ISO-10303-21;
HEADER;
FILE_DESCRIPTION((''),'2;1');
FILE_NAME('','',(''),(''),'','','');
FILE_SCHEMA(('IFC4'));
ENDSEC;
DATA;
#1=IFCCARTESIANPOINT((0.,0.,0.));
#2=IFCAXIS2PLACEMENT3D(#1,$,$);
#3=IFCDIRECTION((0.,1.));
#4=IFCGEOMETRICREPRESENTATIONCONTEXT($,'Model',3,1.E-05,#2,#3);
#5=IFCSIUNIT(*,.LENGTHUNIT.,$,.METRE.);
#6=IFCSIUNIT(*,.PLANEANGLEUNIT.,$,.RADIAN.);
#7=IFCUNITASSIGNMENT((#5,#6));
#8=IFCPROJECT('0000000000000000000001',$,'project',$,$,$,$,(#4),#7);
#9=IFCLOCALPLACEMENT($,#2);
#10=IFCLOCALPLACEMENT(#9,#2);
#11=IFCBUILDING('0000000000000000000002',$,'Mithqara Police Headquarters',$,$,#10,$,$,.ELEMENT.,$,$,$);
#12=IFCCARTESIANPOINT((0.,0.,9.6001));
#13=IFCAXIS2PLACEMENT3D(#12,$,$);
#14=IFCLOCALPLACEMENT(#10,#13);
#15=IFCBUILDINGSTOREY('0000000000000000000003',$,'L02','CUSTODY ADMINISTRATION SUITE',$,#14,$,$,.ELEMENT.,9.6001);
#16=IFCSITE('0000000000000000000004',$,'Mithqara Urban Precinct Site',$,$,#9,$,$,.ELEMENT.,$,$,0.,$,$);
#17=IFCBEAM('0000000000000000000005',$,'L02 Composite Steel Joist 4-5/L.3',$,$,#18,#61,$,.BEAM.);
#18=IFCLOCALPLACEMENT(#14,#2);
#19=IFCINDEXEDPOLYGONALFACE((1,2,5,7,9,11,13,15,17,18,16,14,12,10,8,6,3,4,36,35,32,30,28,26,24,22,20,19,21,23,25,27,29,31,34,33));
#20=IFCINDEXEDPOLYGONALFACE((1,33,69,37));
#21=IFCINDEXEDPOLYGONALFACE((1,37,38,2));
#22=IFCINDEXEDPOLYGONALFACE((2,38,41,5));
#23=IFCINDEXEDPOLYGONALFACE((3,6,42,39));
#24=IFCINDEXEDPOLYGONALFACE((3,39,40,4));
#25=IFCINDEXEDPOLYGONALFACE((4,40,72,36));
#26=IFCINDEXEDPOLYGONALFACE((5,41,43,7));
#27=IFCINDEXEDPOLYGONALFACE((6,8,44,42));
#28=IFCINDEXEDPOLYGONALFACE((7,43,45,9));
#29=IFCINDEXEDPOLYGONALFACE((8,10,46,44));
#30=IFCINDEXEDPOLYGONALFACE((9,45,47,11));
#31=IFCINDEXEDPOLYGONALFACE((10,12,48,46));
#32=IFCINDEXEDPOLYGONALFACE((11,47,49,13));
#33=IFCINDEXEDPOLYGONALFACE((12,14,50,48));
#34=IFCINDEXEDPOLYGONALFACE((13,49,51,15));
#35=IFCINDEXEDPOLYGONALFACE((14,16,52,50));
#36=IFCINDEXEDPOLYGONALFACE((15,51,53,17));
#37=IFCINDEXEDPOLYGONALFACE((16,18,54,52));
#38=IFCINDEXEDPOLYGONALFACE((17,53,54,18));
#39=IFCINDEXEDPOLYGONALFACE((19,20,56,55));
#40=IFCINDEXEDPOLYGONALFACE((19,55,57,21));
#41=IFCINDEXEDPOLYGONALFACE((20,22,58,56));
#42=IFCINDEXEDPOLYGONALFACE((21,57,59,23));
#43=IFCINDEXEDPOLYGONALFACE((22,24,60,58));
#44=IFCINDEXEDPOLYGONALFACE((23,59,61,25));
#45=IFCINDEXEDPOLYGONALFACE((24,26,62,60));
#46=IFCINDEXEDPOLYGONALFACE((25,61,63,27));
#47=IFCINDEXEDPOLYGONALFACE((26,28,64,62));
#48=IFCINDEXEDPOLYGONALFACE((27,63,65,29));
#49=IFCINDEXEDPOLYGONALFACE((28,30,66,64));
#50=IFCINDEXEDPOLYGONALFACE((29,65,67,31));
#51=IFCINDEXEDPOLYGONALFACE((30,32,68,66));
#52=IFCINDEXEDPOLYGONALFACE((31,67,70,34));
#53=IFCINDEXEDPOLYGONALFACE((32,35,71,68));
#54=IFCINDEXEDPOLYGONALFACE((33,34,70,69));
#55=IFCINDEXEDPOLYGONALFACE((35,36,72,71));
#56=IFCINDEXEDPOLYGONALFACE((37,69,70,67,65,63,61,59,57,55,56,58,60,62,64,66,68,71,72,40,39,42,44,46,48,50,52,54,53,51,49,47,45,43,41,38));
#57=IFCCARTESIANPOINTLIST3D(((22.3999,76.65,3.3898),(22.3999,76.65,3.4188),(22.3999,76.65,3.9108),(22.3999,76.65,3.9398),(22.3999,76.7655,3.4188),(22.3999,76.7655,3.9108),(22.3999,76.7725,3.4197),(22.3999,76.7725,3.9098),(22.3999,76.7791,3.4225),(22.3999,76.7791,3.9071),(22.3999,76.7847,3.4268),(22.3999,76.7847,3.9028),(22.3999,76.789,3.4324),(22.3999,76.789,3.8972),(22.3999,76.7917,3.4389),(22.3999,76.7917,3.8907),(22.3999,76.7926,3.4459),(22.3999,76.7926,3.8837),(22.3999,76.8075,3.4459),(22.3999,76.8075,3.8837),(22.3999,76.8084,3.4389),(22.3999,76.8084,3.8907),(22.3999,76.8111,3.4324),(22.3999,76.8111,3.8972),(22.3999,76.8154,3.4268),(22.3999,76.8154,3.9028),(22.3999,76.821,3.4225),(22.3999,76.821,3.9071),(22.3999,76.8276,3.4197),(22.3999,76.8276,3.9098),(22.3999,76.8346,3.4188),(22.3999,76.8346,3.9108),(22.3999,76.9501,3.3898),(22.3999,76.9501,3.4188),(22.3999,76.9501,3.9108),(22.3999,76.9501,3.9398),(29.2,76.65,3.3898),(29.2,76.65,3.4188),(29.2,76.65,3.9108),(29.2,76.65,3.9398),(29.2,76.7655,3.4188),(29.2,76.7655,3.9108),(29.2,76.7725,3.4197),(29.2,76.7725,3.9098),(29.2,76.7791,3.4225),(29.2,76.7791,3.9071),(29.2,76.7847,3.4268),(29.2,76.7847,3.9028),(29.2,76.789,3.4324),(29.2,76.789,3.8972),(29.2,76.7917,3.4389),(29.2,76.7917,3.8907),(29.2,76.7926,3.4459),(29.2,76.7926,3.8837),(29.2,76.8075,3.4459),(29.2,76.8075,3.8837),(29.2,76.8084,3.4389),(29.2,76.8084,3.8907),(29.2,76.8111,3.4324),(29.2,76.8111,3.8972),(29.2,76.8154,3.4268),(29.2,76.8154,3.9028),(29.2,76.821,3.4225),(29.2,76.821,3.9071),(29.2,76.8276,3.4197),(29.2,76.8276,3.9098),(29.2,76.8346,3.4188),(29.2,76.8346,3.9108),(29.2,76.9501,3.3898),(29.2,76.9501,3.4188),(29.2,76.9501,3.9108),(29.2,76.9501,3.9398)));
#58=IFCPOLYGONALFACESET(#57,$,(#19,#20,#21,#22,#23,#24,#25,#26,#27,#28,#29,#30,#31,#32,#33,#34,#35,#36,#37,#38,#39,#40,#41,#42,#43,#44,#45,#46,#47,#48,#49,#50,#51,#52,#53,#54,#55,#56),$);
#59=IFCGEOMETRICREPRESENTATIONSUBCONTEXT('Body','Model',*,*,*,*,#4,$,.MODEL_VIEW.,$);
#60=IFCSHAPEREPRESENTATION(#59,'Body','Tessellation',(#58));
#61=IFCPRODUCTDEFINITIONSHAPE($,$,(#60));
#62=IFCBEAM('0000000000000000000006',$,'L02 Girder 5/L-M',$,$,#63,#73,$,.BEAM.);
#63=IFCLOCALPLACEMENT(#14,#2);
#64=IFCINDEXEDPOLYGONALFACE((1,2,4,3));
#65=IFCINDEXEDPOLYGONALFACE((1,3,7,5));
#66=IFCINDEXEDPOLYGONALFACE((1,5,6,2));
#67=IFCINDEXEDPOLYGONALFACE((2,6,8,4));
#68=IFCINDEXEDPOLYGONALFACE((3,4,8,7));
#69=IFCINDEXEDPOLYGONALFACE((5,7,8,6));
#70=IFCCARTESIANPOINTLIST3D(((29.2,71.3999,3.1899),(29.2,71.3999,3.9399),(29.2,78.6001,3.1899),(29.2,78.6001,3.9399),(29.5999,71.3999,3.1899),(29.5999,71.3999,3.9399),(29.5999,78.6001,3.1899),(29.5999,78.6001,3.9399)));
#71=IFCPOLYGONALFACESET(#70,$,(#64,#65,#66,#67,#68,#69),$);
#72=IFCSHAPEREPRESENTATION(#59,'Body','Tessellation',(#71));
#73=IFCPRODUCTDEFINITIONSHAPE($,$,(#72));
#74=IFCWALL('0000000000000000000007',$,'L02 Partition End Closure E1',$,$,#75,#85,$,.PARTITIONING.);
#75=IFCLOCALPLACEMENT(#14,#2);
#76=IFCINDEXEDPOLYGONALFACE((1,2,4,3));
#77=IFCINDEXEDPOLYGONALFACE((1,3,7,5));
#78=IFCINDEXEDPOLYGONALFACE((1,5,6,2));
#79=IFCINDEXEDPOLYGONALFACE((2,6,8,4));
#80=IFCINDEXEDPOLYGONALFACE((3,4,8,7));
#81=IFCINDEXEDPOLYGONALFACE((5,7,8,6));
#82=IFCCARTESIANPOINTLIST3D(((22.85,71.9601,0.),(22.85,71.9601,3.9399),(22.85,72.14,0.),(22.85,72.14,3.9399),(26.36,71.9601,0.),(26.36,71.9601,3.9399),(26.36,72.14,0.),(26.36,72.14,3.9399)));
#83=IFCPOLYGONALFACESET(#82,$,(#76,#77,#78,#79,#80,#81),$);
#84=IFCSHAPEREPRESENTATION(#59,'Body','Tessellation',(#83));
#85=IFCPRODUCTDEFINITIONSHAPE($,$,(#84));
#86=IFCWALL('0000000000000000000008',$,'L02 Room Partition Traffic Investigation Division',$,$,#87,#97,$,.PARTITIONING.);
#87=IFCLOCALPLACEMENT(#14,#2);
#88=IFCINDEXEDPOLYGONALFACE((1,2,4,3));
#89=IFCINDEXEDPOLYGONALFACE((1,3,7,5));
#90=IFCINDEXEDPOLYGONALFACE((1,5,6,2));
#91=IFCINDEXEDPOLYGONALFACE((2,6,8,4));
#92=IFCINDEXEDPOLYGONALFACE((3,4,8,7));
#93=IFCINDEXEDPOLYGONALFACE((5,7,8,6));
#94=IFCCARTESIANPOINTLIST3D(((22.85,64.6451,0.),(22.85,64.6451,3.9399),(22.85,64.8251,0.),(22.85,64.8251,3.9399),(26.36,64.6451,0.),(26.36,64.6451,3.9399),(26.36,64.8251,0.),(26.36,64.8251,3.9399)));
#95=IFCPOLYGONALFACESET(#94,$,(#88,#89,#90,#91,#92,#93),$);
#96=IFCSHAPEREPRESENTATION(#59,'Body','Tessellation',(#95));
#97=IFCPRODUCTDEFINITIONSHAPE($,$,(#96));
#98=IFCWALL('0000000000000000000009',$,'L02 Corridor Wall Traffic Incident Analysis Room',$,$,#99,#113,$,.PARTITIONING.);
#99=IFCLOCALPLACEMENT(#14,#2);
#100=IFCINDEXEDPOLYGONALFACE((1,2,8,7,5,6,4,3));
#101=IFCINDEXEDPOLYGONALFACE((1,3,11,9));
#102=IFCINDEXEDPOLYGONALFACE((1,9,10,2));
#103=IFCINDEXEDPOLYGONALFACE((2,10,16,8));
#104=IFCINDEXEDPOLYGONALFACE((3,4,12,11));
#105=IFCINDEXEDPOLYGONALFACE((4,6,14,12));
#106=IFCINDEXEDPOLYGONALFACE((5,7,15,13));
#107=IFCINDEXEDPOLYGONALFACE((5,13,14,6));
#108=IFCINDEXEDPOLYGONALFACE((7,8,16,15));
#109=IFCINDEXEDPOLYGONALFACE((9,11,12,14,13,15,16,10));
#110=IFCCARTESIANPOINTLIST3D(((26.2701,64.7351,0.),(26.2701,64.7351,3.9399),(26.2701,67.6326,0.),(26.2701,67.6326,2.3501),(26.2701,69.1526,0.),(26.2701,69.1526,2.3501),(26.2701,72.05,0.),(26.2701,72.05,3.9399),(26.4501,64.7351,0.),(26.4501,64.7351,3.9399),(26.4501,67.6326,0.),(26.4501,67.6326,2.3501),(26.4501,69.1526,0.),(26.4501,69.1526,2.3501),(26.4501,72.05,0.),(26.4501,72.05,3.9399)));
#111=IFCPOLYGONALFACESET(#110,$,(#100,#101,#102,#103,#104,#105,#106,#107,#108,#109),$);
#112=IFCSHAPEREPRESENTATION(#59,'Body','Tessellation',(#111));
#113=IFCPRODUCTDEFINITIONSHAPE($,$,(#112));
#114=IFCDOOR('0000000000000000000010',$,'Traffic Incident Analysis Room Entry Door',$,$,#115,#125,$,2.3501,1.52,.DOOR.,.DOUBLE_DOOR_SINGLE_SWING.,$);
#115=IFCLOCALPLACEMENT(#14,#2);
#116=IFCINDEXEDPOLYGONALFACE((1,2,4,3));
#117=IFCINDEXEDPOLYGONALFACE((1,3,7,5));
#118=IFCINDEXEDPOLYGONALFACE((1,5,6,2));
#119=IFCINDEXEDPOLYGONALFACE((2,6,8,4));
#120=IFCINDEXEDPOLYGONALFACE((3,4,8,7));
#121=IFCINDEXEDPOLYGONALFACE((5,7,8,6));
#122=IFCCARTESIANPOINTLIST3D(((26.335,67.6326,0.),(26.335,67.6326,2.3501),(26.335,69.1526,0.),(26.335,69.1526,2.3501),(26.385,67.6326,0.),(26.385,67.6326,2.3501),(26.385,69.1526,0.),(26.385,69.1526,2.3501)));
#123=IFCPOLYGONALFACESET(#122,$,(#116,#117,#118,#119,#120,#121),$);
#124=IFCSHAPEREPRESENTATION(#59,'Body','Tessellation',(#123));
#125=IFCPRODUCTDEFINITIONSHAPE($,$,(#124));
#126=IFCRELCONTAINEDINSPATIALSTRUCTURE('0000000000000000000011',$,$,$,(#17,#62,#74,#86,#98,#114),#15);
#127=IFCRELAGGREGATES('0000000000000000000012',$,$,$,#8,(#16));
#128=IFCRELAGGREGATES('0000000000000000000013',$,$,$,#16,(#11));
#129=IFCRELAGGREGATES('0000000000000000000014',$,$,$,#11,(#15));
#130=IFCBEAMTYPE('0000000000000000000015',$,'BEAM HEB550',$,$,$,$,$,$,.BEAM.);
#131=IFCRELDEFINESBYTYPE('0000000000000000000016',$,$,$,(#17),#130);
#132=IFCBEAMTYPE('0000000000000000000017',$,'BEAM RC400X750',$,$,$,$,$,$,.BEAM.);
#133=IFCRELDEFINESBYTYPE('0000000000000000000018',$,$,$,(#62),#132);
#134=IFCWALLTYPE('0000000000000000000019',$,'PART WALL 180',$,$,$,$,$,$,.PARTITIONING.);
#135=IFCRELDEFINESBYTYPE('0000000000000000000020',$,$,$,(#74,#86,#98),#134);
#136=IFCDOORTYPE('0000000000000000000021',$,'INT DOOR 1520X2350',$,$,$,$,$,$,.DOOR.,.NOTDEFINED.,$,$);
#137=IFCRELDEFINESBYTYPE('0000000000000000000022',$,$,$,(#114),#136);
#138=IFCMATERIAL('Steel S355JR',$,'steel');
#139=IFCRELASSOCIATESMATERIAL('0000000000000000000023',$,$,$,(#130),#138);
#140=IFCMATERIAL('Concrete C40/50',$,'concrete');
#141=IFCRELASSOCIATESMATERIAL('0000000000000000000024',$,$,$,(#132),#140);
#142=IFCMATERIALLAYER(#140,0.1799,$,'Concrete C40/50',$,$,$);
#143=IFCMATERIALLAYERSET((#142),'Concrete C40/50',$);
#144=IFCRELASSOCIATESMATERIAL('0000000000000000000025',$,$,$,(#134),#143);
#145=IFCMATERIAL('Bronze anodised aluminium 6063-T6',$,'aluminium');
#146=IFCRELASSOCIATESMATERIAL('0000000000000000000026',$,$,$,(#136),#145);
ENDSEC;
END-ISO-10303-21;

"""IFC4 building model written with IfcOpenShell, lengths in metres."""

from ifc_helpers import new_model, si_unit, direction, frame, frame_2d, origin, origin_2d, place, context, subcontext, project, spatial, rectangle, i_section, extrude, material, layer, layer_set, material_profile, profile_set, type_object, element, fill, save


model = new_model("IFC4")

# Units and contexts
model_context = context("Model", 3, precision=1e-05, world=origin(), true_north=direction((0.0, 1.0)))
body_context = subcontext(model_context, "Body", "Model", "MODEL_VIEW")
ifc_project = project(units=[si_unit("LENGTHUNIT", "METRE"), si_unit("PLANEANGLEUNIT", "RADIAN")], contexts=[model_context])

# Site, building, storey
site_placement = place(None, origin())
site = spatial("IfcSite", under=ifc_project, at=site_placement, Name="Mithqara Urban Precinct Site", CompositionType="ELEMENT", RefElevation=0.0)
building_placement = place(site_placement, origin())
building = spatial("IfcBuilding", under=site, at=building_placement, Name="Mithqara Police Headquarters", CompositionType="ELEMENT")
storey_placement = place(building_placement, frame((0.0, 0.0, 9.6001)))
storey = spatial("IfcBuildingStorey", under=building, at=storey_placement, Name="L02", Description="CUSTODY ADMINISTRATION SUITE", CompositionType="ELEMENT", Elevation=9.6001)

# Beams
ifc_material_1 = material(Name="Steel S355JR", Category="steel")
ifc_material_profile_1 = material_profile(ifc_material_1, i_section(OverallWidth=0.3, OverallDepth=0.55, WebThickness=0.0149, FlangeThickness=0.0291, FilletRadius=0.0271, at=origin_2d()), Name="HEB 550")
ifc_profile_set_1 = profile_set([ifc_material_profile_1], Name="Steel S355JR")
beam_type_1 = type_object("IfcBeamType", Name="BEAM HEB550", PredefinedType="BEAM", material=ifc_profile_set_1)
for number, where, z_axis, x_axis, name in (
    (1, (22.3999, 76.8, 3.6648), (1.0, 0.0, 0.0), (0.0, 1.0, 0.0), "L02 Composite Steel Joist 4-5/L.3"),
):
    element("IfcBeam", number, at=place(storey_placement, frame(where, z_axis=z_axis, x_axis=x_axis)), inside=storey, type_object=beam_type_1, Name=name, PredefinedType="BEAM", context=body_context, shape_type="SweptSolid", body=[
        extrude(i_section(OverallWidth=0.3, OverallDepth=0.55, WebThickness=0.0149, FlangeThickness=0.0291, FilletRadius=0.0271, at=origin_2d()), origin(), (0.0, 0.0, 1.0), 6.8),
    ])
ifc_material_2 = material(Name="Concrete C40/50", Category="concrete")
ifc_material_profile_2 = material_profile(ifc_material_2, rectangle(XDim=0.3999, YDim=0.75, at=origin_2d()), Name="RC 400x750")
ifc_profile_set_2 = profile_set([ifc_material_profile_2], Name="Concrete C40/50")
beam_type_2 = type_object("IfcBeamType", Name="BEAM RC400X750", PredefinedType="BEAM", material=ifc_profile_set_2)
beam_placement = place(storey_placement, frame((29.3999, 71.3999, 3.5649), z_axis=(0.0, 1.0, 0.0), x_axis=(-1.0, 0.0, 0.0)))
element("IfcBeam", 2, at=beam_placement, inside=storey, type_object=beam_type_2, Name="L02 Girder 5/L-M", PredefinedType="BEAM", context=body_context, shape_type="SweptSolid", body=[
    extrude(rectangle(XDim=0.3999, YDim=0.75, at=origin_2d()), origin(), (0.0, 0.0, 1.0), 7.2002),
])

# Walls
ifc_layer_1 = layer(ifc_material_2, 0.1799, Name="Concrete C40/50")
ifc_layer_set_1 = layer_set([ifc_layer_1], Name="Concrete C40/50")
wall_type_1 = type_object("IfcWallType", Name="PART WALL 180", PredefinedType="PARTITIONING", material=ifc_layer_set_1)
for number, where, z_axis, x_axis, name in (
    (3, (22.8501, 72.05, 0.0), (0.0, 0.0, 1.0), (1.0, 0.0, 0.0), "L02 Partition End Closure E1"),
    (4, (22.8501, 64.7351, 0.0), (0.0, 0.0, 1.0), (1.0, 0.0, 0.0), "L02 Room Partition Traffic Investigation Division"),
):
    element("IfcWall", number, at=place(storey_placement, frame(where, z_axis=z_axis, x_axis=x_axis)), inside=storey, type_object=wall_type_1, Name=name, PredefinedType="PARTITIONING", context=body_context, shape_type="SweptSolid", body=[
        extrude(rectangle(XDim=3.51, YDim=0.1799, at=frame_2d((1.7549, 0.0))), origin(), (0.0, 0.0, 1.0), 3.9399),
    ])

# Wall, opening, door
wall_1_placement = place(storey_placement, frame((26.3601, 64.7351, 0.0), z_axis=(0.0, 0.0, 1.0), x_axis=(0.0, 1.0, 0.0)))
wall_1 = element("IfcWall", 5, at=wall_1_placement, inside=storey, type_object=wall_type_1, Name="L02 Corridor Wall Traffic Incident Analysis Room", PredefinedType="PARTITIONING", context=body_context, shape_type="SweptSolid", body=[
    extrude(rectangle(XDim=7.3149, YDim=0.1799, at=frame_2d((3.6575, 0.0))), origin(), (0.0, 0.0, 1.0), 3.9399),
])
opening_1_placement = place(wall_1_placement, frame((2.8975, 0.0, 0.0)))
opening_1 = element("IfcOpeningElement", 6, at=opening_1_placement, cuts=wall_1, PredefinedType="OPENING", context=body_context, shape_type="SweptSolid", body=[
    extrude(rectangle(XDim=1.52, YDim=2.3501, at=frame_2d((0.76, 1.175))), frame((0.0, 0.1001, 0.0), z_axis=(0.0, -1.0, 0.0), x_axis=(1.0, 0.0, 0.0)), (0.0, 0.0, 1.0), 0.2),
])
ifc_material_3 = material(Name="Bronze anodised aluminium 6063-T6", Category="aluminium")
door_type = type_object("IfcDoorType", Name="INT DOOR 1520X2350", OperationType="NOTDEFINED", PredefinedType="DOOR", material=ifc_material_3)
door_placement = place(opening_1_placement, frame((1.52, 0.0, 0.0), z_axis=(0.0, 0.0, 1.0), x_axis=(-1.0, 0.0, 0.0)))
door = element("IfcDoor", 7, at=door_placement, inside=storey, type_object=door_type, Name="Traffic Incident Analysis Room Entry Door", OperationType="DOUBLE_DOOR_SINGLE_SWING", OverallHeight=2.3501, OverallWidth=1.52, PredefinedType="DOOR", context=body_context, shape_type="SweptSolid", body=[
    extrude(rectangle(XDim=1.52, YDim=2.3501, at=frame_2d((0.76, 1.175))), frame((0.0, 0.0249, 0.0), z_axis=(0.0, -1.0, 0.0), x_axis=(1.0, 0.0, 0.0)), (0.0, 0.0, 1.0), 0.05),
])
fill(opening_1, door)

save(model, "model.ifc")
